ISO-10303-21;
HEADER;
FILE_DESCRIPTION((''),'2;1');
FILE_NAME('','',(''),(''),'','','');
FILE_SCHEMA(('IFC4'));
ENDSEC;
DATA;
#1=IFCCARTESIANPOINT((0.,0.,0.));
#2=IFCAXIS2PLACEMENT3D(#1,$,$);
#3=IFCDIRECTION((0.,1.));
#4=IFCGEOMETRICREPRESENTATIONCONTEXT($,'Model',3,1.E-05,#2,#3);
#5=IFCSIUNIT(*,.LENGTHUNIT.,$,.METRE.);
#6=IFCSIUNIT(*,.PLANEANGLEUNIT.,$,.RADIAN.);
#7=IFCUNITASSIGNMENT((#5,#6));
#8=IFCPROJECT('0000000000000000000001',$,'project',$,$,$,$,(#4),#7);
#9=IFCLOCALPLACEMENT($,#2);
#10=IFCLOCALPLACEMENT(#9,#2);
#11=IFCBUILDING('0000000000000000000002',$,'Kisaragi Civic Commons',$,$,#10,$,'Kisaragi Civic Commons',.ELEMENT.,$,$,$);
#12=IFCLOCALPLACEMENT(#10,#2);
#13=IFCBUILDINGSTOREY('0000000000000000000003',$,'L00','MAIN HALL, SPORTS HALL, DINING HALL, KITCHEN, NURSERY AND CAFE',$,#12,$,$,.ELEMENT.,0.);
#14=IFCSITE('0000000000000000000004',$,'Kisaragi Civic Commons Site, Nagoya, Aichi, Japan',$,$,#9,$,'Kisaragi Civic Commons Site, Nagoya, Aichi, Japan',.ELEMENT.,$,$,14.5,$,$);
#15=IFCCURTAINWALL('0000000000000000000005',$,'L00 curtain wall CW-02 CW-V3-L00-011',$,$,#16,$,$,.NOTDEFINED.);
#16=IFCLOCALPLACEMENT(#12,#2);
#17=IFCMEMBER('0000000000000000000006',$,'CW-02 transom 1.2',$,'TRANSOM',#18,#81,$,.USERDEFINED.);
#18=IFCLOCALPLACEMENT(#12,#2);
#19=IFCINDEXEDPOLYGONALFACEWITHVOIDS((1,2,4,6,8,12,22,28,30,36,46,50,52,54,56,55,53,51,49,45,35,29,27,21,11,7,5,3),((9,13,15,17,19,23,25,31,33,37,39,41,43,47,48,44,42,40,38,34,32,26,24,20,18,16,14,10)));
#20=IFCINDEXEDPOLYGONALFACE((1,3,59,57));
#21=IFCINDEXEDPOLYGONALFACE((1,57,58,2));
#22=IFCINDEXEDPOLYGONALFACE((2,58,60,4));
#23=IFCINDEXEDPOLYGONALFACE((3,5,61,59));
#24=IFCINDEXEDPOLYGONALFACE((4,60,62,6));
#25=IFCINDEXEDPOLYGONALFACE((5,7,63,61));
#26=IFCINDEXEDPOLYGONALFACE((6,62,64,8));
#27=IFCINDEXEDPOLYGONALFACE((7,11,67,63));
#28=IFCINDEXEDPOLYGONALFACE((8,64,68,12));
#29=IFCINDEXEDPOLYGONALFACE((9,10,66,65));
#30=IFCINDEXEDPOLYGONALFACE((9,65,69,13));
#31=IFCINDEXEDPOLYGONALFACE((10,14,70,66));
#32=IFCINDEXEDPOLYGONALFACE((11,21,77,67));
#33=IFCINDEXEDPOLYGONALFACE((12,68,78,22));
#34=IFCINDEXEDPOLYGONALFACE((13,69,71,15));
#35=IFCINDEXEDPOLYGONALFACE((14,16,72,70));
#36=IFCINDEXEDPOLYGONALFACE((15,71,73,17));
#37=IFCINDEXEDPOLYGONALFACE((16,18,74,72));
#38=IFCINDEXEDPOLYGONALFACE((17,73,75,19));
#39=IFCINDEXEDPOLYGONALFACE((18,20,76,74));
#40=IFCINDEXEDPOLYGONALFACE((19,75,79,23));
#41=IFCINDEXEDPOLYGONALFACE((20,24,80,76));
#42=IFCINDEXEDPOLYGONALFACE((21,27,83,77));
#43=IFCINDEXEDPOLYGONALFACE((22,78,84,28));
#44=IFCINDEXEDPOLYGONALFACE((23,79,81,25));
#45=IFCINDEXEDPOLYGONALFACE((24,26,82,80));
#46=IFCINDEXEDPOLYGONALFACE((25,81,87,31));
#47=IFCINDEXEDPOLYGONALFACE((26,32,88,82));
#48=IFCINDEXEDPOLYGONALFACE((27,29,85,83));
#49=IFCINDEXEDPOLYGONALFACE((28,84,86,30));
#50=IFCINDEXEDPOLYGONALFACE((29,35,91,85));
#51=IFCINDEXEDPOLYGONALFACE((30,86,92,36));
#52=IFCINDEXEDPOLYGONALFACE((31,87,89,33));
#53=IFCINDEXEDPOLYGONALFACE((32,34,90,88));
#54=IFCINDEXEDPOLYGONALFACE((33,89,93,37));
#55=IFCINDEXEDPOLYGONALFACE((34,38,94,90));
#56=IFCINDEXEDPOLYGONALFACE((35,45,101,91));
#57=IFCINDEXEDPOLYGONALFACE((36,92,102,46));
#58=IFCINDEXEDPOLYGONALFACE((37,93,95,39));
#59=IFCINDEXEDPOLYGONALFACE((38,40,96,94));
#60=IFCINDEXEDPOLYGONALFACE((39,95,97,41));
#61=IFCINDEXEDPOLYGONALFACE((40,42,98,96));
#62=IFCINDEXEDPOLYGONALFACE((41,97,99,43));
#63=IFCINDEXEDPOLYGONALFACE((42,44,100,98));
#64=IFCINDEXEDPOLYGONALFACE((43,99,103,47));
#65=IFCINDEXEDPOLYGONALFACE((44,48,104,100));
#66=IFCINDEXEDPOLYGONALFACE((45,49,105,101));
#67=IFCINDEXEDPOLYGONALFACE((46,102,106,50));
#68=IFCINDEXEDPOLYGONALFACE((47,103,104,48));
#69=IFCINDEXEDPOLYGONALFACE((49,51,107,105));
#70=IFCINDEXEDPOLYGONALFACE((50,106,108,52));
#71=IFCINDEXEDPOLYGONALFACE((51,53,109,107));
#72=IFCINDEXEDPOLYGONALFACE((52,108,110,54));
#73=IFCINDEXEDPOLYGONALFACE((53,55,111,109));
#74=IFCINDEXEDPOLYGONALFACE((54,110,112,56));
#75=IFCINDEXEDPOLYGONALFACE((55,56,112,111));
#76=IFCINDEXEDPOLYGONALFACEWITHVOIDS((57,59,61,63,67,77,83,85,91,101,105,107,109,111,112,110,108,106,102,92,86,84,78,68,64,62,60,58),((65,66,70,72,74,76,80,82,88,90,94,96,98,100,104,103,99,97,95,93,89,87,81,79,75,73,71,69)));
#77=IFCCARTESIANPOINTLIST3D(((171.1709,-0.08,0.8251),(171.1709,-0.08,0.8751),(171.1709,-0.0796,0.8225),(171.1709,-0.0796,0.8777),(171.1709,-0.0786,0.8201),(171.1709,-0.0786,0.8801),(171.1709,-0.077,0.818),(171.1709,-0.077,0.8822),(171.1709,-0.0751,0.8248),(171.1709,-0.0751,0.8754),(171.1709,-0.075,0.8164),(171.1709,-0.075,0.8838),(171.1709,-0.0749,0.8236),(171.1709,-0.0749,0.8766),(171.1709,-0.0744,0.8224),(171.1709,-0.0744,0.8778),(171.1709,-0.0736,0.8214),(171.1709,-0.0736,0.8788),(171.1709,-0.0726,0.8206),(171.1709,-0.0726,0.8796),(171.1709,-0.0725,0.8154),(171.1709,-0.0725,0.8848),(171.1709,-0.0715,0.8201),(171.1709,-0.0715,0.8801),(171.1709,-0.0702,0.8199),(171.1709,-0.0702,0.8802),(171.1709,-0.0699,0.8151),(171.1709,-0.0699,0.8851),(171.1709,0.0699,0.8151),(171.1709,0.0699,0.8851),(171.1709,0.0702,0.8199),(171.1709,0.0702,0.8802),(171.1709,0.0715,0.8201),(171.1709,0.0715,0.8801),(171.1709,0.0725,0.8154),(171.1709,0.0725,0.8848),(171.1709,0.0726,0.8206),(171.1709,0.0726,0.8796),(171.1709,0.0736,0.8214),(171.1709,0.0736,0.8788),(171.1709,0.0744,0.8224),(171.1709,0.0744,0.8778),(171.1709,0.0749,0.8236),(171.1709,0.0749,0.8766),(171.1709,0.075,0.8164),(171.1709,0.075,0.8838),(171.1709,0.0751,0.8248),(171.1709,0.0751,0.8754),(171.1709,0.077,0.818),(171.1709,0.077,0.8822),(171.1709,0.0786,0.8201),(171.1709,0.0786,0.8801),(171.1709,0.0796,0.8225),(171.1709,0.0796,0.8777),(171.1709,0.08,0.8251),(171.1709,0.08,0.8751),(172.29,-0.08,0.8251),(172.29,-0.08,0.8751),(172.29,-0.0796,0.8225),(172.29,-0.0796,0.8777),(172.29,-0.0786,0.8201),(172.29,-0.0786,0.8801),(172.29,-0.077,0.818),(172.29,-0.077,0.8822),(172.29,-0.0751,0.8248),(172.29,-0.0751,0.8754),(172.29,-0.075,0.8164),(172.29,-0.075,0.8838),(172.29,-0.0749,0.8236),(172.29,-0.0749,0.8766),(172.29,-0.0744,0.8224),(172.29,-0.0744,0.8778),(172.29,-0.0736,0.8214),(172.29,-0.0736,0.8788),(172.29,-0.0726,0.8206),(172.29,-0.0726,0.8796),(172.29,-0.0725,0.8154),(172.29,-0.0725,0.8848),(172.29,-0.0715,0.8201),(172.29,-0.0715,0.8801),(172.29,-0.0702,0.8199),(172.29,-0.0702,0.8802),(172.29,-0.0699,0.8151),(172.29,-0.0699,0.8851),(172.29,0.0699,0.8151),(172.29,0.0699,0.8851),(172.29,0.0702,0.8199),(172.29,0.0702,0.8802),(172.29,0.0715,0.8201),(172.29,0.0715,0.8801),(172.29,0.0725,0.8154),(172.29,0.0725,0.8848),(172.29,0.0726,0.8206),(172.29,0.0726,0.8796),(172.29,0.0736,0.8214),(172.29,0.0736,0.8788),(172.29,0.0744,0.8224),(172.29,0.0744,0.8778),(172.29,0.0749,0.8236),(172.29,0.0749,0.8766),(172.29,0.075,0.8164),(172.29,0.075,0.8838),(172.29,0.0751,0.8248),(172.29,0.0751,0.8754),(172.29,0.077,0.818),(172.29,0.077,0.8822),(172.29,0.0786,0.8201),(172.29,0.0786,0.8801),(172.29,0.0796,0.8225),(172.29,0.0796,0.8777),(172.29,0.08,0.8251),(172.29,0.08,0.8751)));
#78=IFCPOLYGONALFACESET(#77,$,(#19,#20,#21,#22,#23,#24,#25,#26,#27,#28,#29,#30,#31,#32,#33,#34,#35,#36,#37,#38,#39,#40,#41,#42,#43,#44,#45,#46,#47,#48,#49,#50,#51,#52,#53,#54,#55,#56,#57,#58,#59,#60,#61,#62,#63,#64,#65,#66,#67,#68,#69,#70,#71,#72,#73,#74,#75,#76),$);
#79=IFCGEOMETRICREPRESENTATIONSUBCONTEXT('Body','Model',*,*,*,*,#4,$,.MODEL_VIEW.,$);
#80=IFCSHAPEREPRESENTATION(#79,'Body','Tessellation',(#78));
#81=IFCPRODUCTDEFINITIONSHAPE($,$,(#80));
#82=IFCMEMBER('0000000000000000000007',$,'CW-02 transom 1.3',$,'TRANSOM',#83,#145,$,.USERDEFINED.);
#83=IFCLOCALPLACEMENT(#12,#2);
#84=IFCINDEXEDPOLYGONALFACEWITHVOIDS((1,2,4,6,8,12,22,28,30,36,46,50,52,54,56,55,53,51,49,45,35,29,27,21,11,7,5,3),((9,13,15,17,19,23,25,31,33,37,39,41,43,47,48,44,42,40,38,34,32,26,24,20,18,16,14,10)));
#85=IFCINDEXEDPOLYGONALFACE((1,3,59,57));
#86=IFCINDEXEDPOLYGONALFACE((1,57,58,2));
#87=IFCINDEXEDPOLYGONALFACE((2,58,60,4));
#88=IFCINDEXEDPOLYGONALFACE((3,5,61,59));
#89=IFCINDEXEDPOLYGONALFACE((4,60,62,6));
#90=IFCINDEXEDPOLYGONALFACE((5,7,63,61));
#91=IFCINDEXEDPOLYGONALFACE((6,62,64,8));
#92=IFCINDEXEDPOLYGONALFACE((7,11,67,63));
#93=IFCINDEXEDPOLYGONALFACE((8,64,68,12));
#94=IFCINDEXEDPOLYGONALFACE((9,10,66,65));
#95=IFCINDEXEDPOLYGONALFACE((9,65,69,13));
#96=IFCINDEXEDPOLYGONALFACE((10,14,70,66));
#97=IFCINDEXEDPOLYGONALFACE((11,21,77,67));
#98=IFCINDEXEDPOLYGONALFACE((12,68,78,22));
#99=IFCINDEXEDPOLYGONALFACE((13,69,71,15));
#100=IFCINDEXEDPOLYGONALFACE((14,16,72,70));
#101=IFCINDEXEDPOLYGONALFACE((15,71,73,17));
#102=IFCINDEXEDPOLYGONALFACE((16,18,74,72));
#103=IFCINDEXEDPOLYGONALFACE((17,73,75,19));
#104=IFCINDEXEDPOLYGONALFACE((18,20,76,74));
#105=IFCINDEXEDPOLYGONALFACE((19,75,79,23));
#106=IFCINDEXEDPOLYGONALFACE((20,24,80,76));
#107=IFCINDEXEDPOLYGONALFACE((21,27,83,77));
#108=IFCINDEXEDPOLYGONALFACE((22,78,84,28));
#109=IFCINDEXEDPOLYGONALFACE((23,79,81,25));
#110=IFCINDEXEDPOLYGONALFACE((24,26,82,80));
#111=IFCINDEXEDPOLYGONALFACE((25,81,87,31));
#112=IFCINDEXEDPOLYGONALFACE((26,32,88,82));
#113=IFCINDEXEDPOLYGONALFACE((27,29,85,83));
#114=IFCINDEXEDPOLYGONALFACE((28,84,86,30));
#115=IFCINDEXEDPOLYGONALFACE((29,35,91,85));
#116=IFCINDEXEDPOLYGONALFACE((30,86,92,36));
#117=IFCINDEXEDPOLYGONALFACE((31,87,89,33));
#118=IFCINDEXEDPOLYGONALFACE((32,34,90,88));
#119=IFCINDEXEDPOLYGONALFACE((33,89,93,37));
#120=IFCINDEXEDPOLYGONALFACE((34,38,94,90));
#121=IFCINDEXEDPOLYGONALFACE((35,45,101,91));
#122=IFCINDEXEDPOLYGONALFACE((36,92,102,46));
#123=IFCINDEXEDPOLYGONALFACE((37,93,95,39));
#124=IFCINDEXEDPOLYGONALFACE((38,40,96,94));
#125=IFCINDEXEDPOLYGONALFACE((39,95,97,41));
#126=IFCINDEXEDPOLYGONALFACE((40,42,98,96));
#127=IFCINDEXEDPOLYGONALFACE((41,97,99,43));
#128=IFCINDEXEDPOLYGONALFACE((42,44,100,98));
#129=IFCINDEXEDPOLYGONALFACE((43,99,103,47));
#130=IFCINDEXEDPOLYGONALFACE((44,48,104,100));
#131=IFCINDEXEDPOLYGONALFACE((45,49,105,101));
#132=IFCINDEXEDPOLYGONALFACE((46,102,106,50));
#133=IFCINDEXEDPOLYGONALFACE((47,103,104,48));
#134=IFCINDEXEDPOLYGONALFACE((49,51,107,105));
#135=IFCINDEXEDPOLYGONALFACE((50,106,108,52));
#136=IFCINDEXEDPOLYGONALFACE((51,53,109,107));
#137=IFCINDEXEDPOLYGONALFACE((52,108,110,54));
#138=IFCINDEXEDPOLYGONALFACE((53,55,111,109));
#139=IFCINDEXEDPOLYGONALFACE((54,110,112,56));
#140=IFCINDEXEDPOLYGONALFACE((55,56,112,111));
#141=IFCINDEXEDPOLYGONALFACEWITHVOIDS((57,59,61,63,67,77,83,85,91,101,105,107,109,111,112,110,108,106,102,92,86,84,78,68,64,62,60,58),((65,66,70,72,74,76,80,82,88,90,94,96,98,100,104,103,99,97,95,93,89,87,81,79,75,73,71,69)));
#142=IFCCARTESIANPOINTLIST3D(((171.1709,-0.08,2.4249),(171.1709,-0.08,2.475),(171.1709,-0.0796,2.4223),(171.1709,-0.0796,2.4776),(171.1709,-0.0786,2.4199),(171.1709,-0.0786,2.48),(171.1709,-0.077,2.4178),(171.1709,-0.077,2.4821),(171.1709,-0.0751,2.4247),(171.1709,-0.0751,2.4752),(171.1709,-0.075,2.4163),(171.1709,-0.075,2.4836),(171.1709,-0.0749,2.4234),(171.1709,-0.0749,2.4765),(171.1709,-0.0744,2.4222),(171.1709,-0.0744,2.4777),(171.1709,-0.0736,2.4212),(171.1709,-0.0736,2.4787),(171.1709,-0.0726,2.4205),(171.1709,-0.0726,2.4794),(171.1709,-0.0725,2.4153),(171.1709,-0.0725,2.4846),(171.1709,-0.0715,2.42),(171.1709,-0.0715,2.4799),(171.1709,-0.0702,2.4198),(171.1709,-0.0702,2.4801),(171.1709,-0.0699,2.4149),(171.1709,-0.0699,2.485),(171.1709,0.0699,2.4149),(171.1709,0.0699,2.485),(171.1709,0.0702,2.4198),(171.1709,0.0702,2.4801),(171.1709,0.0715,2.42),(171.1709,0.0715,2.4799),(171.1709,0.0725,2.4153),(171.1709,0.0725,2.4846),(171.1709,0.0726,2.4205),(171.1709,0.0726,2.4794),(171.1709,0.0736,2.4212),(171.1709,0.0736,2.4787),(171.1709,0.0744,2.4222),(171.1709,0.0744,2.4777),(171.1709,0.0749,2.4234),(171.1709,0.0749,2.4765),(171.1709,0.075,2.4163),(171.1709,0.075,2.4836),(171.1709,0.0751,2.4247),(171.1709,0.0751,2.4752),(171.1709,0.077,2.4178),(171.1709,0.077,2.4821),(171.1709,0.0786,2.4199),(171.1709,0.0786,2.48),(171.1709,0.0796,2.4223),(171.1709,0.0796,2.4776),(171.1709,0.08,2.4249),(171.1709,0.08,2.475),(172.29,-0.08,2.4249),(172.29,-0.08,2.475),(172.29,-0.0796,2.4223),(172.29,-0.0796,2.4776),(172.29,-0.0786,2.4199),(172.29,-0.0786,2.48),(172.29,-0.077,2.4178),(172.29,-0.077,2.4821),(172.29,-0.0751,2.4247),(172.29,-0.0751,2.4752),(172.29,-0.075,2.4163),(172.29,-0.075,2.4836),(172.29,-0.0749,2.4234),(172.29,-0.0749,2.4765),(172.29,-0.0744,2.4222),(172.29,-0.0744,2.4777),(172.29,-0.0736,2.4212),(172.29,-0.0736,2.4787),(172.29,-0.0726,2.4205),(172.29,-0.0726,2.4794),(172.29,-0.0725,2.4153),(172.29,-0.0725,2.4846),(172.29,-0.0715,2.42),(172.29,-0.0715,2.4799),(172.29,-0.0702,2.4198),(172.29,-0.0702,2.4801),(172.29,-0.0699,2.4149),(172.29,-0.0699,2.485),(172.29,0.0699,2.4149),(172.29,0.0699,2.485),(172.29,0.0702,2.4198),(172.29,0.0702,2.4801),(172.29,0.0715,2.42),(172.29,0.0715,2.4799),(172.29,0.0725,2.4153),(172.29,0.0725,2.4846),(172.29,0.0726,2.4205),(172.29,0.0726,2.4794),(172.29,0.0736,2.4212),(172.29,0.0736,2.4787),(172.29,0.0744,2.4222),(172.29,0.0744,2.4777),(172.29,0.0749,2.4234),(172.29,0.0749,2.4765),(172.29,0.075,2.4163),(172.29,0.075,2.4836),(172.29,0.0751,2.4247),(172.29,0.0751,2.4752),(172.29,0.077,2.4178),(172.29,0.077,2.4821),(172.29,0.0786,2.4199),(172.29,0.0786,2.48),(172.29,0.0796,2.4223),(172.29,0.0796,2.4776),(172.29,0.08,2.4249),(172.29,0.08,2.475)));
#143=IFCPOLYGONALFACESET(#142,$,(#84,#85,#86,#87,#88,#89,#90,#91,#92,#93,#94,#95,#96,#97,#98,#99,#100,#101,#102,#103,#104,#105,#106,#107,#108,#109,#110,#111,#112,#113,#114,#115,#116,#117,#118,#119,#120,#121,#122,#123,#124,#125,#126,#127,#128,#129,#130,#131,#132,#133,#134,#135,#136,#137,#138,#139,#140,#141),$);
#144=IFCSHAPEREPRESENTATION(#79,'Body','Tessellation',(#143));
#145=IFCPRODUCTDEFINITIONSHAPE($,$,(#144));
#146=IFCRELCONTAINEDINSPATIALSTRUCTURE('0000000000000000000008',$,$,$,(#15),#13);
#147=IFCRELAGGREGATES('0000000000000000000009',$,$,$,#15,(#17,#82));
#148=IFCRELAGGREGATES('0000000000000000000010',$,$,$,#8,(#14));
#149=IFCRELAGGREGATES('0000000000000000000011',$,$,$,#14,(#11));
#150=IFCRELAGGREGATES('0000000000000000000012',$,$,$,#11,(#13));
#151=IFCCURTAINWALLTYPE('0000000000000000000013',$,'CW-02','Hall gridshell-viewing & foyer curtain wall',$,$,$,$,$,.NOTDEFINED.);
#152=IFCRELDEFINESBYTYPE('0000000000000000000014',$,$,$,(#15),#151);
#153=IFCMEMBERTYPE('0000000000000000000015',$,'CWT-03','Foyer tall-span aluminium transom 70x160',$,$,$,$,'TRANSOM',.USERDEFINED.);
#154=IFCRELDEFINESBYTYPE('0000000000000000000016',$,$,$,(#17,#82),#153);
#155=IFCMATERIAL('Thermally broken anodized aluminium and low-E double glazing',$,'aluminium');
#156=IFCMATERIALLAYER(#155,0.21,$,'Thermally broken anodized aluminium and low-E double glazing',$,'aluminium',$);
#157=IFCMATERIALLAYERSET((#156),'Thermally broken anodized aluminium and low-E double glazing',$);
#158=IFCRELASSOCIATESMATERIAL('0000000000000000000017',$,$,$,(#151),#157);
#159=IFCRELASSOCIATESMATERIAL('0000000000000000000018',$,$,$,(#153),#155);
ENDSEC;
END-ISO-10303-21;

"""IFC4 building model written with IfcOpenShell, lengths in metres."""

from ifc_helpers import new_model, si_unit, direction, frame, origin, origin_2d, place, context, subcontext, project, spatial, hollow_rectangle, extrude, material, layer, layer_set, material_profile, profile_set, type_object, element, aggregate, save


model = new_model("IFC4")

# Units and contexts
model_context = context("Model", 3, precision=1e-05, world=origin(), true_north=direction((0.0, 1.0)))
body_context = subcontext(model_context, "Body", "Model", "MODEL_VIEW")
ifc_project = project(units=[si_unit("LENGTHUNIT", "METRE"), si_unit("PLANEANGLEUNIT", "RADIAN")], contexts=[model_context])

# Site, building, storey
site_placement = place(None, origin())
site = spatial("IfcSite", under=ifc_project, at=site_placement, Name="Kisaragi Civic Commons Site, Nagoya, Aichi, Japan", LongName="Kisaragi Civic Commons Site, Nagoya, Aichi, Japan", CompositionType="ELEMENT", RefElevation=14.5)
building_placement = place(site_placement, origin())
building = spatial("IfcBuilding", under=site, at=building_placement, Name="Kisaragi Civic Commons", LongName="Kisaragi Civic Commons", CompositionType="ELEMENT")
storey_placement = place(building_placement, origin())
storey = spatial("IfcBuildingStorey", under=building, at=storey_placement, Name="L00", Description="MAIN HALL, SPORTS HALL, DINING HALL, KITCHEN, NURSERY AND CAFE", CompositionType="ELEMENT", Elevation=0.0)

# Curtain wall, members
ifc_material_1 = material(Name="Thermally broken anodized aluminium and low-E double glazing", Category="aluminium")
ifc_layer_1 = layer(ifc_material_1, 0.21, Name="Thermally broken anodized aluminium and low-E double glazing", Category="aluminium")
ifc_layer_set_1 = layer_set([ifc_layer_1], Name="Thermally broken anodized aluminium and low-E double glazing")
curtain_wall_type = type_object("IfcCurtainWallType", Name="CW-02", Description="Hall gridshell-viewing & foyer curtain wall", PredefinedType="NOTDEFINED", material=ifc_layer_set_1)
curtain_wall_placement = place(storey_placement, origin())
curtain_wall = element("IfcCurtainWall", 1, at=curtain_wall_placement, inside=storey, type_object=curtain_wall_type, Name="L00 curtain wall CW-02 CW-V3-L00-011", PredefinedType="NOTDEFINED")
ifc_material_profile_1 = material_profile(ifc_material_1, hollow_rectangle(XDim=0.1599, YDim=0.0701, WallThickness=0.0049, InnerFilletRadius=0.0049, OuterFilletRadius=0.01, at=origin_2d()), Name="CWT-70x160x5", Category="aluminium")
ifc_profile_set_1 = profile_set([ifc_material_profile_1], Name="Thermally broken anodized aluminium and low-E double glazing")
member_type_1 = type_object("IfcMemberType", Name="CWT-03", Description="Foyer tall-span aluminium transom 70x160", ElementType="TRANSOM", PredefinedType="USERDEFINED", material=ifc_profile_set_1)
member_1_placement = place(storey_placement, frame((172.29, 0.0, 0.8501), z_axis=(-1.0, 0.0, 0.0), x_axis=(0.0, -1.0, 0.0)))
member_1 = element("IfcMember", 2, at=member_1_placement, type_object=member_type_1, Name="CW-02 transom 1.2", ObjectType="TRANSOM", PredefinedType="USERDEFINED", context=body_context, shape_type="SweptSolid", body=[
    extrude(hollow_rectangle(XDim=0.1599, YDim=0.0701, WallThickness=0.0049, InnerFilletRadius=0.0049, OuterFilletRadius=0.01, at=origin_2d()), origin(), (0.0, 0.0, 1.0), 1.1191),
])
member_2_placement = place(storey_placement, frame((172.29, 0.0, 2.45), z_axis=(-1.0, 0.0, 0.0), x_axis=(0.0, -1.0, 0.0)))
member_2 = element("IfcMember", 3, at=member_2_placement, type_object=member_type_1, Name="CW-02 transom 1.3", ObjectType="TRANSOM", PredefinedType="USERDEFINED", context=body_context, shape_type="SweptSolid", body=[
    extrude(hollow_rectangle(XDim=0.1599, YDim=0.0701, WallThickness=0.0049, InnerFilletRadius=0.0049, OuterFilletRadius=0.01, at=origin_2d()), origin(), (0.0, 0.0, 1.0), 1.1191),
])

aggregate(curtain_wall, [member_1, member_2])

save(model, "model.ifc")
